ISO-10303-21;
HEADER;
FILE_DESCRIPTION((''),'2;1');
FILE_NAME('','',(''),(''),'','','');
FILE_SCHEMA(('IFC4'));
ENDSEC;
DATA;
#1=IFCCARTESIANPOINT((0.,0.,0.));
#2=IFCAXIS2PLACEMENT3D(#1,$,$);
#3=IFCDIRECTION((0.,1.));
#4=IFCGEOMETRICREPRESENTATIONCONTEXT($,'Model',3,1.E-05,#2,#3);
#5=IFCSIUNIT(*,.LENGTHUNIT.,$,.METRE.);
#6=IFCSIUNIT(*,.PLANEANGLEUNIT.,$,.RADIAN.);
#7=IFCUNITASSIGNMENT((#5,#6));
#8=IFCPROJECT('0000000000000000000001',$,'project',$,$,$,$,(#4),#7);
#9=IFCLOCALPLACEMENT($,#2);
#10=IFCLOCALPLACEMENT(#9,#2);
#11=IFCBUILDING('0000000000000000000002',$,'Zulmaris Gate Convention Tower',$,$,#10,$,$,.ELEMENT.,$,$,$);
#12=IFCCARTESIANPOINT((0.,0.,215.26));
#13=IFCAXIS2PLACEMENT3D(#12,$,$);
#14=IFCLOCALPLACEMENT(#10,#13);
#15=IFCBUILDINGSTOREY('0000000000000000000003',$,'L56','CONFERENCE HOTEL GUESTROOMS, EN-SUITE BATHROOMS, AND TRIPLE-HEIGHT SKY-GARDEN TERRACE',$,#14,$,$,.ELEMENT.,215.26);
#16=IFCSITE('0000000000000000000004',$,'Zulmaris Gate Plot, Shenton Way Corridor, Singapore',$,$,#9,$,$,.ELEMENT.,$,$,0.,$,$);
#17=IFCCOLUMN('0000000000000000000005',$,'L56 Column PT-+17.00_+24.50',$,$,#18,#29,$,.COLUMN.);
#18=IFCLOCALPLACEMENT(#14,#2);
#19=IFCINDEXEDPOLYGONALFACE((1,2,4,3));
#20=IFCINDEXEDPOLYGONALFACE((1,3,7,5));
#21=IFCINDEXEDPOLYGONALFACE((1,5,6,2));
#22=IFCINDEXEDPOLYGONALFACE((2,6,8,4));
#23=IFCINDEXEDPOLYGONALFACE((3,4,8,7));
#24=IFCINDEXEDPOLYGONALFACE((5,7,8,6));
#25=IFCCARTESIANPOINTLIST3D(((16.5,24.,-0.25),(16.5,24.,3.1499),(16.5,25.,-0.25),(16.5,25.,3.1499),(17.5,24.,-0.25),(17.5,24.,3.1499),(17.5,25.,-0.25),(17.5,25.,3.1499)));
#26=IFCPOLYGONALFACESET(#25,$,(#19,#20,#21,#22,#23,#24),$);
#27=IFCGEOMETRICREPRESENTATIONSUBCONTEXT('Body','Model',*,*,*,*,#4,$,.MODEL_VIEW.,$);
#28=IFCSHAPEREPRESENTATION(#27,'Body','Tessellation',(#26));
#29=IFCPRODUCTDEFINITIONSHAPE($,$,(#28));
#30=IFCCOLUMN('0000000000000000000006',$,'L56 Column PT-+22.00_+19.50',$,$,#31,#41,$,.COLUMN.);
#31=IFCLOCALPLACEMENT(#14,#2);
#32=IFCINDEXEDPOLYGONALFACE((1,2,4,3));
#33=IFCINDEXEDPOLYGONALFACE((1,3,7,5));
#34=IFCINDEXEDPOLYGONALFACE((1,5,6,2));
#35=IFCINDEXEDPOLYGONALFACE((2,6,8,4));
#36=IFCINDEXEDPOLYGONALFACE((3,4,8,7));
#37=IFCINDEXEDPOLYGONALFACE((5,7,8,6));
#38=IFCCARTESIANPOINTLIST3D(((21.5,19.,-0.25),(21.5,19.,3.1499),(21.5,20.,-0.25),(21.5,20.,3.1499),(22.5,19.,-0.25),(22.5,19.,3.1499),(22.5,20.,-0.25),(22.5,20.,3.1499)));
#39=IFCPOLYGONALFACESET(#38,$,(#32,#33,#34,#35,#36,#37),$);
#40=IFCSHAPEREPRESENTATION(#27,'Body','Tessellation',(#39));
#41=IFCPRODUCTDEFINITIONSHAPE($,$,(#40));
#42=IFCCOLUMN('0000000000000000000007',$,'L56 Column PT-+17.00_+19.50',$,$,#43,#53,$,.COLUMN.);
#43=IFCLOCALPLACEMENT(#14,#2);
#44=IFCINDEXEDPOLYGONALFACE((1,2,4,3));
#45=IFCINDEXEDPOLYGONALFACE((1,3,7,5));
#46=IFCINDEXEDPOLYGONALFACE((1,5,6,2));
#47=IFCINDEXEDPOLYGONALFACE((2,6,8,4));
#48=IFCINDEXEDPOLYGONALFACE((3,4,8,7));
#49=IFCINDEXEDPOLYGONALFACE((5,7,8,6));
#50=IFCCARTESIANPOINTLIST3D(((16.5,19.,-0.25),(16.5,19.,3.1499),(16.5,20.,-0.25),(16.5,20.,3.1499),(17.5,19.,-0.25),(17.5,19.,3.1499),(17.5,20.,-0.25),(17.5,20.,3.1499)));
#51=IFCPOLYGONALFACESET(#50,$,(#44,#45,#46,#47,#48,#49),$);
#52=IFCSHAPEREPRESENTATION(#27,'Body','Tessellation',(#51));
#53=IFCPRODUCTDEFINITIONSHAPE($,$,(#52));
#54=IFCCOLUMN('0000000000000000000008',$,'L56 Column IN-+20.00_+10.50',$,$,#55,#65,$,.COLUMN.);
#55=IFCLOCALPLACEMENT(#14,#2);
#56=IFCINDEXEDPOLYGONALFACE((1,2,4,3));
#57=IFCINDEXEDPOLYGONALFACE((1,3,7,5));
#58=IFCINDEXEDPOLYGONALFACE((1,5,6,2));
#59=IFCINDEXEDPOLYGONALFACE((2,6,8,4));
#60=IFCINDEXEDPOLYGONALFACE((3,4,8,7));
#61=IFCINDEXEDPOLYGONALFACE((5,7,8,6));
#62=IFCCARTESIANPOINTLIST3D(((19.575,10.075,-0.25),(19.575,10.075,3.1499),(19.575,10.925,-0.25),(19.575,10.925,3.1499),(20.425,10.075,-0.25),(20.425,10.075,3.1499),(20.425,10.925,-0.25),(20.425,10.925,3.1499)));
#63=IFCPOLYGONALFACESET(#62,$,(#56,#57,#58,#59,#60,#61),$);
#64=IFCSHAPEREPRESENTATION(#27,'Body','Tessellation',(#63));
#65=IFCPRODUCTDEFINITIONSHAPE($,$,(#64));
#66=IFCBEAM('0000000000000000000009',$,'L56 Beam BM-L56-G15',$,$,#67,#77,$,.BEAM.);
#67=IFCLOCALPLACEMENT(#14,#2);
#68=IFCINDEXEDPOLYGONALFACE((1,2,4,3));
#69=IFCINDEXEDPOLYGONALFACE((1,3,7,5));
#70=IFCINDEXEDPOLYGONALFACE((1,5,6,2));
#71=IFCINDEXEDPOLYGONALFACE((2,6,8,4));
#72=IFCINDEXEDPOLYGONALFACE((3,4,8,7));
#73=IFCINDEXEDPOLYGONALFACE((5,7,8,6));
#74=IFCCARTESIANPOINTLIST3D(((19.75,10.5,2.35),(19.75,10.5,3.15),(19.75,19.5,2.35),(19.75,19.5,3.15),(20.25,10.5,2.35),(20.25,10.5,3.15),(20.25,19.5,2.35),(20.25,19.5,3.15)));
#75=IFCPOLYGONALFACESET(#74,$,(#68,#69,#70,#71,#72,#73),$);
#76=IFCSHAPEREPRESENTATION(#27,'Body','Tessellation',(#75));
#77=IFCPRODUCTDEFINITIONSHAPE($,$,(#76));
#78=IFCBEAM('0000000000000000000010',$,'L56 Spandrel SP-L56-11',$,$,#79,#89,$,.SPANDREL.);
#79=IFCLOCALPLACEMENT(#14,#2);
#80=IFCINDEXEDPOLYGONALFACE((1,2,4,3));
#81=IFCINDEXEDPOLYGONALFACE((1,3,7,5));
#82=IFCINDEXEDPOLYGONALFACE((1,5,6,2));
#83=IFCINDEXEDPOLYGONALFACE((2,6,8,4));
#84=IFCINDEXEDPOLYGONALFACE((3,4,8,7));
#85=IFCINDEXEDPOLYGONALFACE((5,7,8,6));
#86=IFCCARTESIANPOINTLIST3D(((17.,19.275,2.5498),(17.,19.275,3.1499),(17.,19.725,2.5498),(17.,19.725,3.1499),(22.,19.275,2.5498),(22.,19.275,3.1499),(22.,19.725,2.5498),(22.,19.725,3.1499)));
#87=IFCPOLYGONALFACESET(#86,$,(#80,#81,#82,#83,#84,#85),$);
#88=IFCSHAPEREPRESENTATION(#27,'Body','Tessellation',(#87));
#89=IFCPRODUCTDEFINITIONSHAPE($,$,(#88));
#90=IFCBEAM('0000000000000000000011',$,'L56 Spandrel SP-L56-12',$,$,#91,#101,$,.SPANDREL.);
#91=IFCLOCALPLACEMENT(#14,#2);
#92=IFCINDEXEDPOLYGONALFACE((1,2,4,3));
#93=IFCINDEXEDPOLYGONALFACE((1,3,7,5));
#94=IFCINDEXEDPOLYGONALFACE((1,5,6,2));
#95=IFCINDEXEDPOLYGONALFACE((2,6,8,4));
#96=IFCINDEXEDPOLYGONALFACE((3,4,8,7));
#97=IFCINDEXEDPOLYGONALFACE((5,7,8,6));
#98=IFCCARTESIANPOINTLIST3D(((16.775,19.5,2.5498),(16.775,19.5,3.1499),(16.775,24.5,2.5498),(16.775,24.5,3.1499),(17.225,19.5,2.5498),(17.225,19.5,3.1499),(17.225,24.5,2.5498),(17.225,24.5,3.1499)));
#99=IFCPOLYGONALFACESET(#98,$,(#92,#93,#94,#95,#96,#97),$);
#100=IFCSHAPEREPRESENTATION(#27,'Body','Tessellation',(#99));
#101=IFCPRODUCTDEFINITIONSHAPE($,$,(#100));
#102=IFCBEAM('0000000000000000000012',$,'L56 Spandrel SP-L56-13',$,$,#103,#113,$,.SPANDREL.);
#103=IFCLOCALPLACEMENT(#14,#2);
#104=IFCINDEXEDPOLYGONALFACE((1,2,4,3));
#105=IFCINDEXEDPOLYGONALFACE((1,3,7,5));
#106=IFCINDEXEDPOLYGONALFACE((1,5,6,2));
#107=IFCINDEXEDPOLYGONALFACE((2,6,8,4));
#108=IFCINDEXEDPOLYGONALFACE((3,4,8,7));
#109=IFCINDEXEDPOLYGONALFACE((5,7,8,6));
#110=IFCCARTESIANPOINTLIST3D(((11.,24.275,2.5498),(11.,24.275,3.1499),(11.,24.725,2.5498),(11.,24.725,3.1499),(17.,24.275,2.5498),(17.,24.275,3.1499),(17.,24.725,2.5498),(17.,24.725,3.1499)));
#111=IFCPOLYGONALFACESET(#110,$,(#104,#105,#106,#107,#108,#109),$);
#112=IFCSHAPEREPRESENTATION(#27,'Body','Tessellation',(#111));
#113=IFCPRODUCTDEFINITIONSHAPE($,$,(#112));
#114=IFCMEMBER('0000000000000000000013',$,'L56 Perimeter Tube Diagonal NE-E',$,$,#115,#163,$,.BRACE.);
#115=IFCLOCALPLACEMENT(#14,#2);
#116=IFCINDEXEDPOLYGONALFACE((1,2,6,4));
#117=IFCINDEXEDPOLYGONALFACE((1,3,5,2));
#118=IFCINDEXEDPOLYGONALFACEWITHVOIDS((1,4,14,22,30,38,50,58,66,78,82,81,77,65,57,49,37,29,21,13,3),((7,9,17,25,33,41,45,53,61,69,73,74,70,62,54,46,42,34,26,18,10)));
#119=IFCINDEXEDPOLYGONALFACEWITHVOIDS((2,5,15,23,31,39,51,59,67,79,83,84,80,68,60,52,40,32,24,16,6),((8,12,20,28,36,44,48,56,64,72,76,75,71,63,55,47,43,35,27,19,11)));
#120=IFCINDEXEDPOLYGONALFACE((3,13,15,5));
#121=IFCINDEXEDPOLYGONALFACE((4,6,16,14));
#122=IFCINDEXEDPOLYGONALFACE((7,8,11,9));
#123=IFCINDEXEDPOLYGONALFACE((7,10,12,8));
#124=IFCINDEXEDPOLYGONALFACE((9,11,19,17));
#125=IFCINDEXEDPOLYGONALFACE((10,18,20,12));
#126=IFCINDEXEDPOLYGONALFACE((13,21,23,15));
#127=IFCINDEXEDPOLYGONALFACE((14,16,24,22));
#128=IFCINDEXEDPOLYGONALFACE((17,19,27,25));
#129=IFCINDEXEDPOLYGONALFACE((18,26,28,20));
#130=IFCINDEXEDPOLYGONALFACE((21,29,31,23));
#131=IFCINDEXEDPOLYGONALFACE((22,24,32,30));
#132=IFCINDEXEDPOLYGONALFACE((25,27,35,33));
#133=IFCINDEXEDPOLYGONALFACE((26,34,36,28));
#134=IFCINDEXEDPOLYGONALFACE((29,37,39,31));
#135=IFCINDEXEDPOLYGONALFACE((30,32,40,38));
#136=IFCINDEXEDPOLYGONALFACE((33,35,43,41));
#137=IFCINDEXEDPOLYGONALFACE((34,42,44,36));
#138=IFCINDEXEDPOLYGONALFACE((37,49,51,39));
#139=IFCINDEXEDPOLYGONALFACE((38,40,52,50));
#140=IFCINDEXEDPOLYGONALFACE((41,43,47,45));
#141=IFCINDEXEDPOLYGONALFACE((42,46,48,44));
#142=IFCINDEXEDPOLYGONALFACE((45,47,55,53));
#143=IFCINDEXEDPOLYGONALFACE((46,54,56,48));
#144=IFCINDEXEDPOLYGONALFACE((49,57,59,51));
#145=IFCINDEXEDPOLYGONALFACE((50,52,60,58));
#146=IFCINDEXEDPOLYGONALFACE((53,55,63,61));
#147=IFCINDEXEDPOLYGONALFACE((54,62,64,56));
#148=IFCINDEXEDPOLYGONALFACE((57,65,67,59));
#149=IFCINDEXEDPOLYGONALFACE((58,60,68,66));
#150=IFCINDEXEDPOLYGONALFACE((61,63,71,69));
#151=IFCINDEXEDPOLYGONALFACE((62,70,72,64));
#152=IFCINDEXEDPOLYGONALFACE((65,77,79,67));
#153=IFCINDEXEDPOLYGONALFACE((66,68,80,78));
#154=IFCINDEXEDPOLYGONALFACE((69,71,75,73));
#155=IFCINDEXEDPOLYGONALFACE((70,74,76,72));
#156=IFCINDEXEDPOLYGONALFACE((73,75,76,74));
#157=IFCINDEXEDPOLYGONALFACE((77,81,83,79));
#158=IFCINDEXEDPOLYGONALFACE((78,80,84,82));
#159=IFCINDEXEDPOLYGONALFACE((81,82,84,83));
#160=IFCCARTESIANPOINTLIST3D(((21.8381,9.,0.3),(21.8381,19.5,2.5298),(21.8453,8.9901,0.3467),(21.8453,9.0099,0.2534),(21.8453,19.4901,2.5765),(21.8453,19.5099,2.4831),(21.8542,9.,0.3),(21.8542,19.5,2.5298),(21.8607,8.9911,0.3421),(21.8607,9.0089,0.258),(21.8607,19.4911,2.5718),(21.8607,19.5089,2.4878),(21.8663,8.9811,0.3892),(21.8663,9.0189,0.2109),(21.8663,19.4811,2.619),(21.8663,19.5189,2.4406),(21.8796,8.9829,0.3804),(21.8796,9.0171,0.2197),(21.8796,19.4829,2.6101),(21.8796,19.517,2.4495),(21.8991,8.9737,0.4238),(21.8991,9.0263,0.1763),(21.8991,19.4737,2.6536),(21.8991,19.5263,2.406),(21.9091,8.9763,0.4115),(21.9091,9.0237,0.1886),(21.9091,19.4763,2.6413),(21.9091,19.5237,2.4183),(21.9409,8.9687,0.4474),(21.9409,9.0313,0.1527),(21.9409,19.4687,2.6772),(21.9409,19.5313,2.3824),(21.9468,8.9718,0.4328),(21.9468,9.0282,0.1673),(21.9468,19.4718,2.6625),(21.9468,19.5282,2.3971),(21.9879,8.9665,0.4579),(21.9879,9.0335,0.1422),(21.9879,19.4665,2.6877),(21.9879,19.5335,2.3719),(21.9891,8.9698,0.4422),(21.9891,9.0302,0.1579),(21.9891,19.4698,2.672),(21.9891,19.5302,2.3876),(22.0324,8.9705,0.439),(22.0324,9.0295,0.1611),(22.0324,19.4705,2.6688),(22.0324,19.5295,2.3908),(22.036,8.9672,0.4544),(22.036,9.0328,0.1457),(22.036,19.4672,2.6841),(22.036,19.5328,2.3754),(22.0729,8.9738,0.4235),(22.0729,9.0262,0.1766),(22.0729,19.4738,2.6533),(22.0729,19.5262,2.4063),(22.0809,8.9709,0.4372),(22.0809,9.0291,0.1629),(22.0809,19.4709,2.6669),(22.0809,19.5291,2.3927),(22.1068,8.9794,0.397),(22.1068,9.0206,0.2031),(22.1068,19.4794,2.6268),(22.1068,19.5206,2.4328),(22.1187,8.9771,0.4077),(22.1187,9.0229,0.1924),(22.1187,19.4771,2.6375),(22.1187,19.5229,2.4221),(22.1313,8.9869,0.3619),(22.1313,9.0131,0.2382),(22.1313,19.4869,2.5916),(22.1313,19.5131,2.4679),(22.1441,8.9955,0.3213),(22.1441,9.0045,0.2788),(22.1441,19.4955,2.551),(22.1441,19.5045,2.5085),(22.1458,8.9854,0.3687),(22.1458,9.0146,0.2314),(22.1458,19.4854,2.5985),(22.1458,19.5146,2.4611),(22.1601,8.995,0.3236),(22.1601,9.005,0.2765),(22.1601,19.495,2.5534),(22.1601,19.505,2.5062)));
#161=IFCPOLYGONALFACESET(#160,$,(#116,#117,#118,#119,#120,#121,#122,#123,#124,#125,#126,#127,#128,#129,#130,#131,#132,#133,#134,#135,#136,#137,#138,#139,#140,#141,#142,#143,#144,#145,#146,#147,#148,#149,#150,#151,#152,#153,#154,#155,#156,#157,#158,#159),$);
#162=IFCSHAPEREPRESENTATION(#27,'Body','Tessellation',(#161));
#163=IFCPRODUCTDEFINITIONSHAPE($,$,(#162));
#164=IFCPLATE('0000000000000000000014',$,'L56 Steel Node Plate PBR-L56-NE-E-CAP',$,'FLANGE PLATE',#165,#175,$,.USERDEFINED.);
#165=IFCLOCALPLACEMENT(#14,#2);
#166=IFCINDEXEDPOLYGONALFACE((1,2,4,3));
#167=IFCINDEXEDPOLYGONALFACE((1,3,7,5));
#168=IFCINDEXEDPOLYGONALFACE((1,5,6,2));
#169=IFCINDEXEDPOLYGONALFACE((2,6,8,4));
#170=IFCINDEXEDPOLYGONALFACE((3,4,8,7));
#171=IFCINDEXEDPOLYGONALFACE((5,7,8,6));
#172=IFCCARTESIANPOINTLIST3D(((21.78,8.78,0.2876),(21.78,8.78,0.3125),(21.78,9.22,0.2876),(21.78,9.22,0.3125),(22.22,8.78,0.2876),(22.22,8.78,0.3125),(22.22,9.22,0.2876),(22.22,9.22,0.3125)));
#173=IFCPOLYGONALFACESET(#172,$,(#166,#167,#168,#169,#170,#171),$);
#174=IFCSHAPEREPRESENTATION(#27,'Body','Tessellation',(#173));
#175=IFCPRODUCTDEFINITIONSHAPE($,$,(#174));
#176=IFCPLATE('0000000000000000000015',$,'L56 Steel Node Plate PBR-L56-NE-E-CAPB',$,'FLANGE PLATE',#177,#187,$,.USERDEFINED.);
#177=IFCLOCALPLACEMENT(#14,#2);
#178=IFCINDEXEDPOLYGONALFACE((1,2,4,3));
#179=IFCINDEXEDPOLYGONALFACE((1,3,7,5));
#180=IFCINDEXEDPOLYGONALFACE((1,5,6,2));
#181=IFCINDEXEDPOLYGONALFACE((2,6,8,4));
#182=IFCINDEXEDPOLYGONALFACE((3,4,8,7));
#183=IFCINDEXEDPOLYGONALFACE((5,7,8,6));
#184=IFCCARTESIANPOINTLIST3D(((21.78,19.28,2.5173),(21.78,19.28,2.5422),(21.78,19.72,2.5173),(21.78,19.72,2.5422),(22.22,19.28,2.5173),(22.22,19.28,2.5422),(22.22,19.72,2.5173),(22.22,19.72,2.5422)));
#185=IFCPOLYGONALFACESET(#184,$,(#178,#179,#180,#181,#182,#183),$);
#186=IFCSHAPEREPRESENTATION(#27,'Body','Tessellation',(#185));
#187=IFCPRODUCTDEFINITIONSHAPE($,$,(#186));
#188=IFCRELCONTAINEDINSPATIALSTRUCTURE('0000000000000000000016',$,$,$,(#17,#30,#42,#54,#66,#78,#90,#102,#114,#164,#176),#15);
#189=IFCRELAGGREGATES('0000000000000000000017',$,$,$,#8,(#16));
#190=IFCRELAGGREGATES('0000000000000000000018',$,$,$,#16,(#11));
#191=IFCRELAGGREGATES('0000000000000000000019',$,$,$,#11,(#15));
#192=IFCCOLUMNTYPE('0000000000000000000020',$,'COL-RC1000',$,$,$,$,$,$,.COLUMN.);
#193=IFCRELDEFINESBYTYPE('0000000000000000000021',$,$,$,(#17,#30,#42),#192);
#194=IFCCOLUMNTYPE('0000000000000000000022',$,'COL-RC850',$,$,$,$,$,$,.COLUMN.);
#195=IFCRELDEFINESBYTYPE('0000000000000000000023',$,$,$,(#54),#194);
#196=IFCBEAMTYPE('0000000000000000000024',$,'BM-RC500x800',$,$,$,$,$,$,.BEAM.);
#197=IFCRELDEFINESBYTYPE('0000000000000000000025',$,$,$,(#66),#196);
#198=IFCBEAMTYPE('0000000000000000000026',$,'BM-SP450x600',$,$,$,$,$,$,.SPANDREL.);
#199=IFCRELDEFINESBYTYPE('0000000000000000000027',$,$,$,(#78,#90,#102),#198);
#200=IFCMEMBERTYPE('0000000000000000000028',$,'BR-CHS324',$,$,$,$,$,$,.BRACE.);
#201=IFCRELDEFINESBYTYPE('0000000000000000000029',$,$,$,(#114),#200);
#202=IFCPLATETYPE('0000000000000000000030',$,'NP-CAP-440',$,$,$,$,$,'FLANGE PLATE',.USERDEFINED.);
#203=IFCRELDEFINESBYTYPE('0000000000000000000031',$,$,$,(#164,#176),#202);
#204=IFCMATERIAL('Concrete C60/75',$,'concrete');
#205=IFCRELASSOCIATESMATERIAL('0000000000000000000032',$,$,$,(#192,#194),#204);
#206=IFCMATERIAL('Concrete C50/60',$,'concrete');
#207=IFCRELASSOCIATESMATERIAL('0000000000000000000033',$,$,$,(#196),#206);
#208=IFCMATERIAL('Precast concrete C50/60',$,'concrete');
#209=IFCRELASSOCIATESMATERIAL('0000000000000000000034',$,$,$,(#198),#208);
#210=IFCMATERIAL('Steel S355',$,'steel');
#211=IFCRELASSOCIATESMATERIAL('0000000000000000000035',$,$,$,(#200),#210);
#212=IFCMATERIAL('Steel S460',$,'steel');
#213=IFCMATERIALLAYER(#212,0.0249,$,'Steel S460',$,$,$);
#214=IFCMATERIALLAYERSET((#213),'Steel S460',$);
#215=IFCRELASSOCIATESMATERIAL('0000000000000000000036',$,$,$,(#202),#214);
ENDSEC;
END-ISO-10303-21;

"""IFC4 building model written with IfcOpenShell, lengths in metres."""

from ifc_helpers import new_model, si_unit, direction, frame, origin, origin_2d, place, context, subcontext, project, spatial, rectangle, hollow_circle, extrude, material, layer, layer_set, material_profile, profile_set, type_object, element, save


model = new_model("IFC4")

# Units and contexts
model_context = context("Model", 3, precision=1e-05, world=origin(), true_north=direction((0.0, 1.0)))
body_context = subcontext(model_context, "Body", "Model", "MODEL_VIEW")
ifc_project = project(units=[si_unit("LENGTHUNIT", "METRE"), si_unit("PLANEANGLEUNIT", "RADIAN")], contexts=[model_context])

# Site, building, storey
site_placement = place(None, origin())
site = spatial("IfcSite", under=ifc_project, at=site_placement, Name="Zulmaris Gate Plot, Shenton Way Corridor, Singapore", CompositionType="ELEMENT", RefElevation=0.0)
building_placement = place(site_placement, origin())
building = spatial("IfcBuilding", under=site, at=building_placement, Name="Zulmaris Gate Convention Tower", CompositionType="ELEMENT")
storey_placement = place(building_placement, frame((0.0, 0.0, 215.26)))
storey = spatial("IfcBuildingStorey", under=building, at=storey_placement, Name="L56", Description="CONFERENCE HOTEL GUESTROOMS, EN-SUITE BATHROOMS, AND TRIPLE-HEIGHT SKY-GARDEN TERRACE", CompositionType="ELEMENT", Elevation=215.26)

# Columns
ifc_material_1 = material(Name="Concrete C60/75", Category="concrete")
ifc_material_profile_1 = material_profile(ifc_material_1, rectangle(XDim=1.0, YDim=1.0, at=origin_2d()), Name="RC COL 1000x1000")
ifc_profile_set_1 = profile_set([ifc_material_profile_1], Name="Concrete C60/75")
column_type_1 = type_object("IfcColumnType", Name="COL-RC1000", PredefinedType="COLUMN", material=ifc_profile_set_1)
for number, where, z_axis, x_axis, name in (
    (1, (17.0, 24.5, -0.25), (0.0, 0.0, 1.0), (1.0, 0.0, 0.0), "L56 Column PT-+17.00_+24.50"),
    (2, (22.0, 19.5, -0.25), (0.0, 0.0, 1.0), (1.0, 0.0, 0.0), "L56 Column PT-+22.00_+19.50"),
    (3, (17.0, 19.5, -0.25), (0.0, 0.0, 1.0), (1.0, 0.0, 0.0), "L56 Column PT-+17.00_+19.50"),
):
    element("IfcColumn", number, at=place(storey_placement, frame(where, z_axis=z_axis, x_axis=x_axis)), inside=storey, type_object=column_type_1, Name=name, PredefinedType="COLUMN", context=body_context, shape_type="SweptSolid", body=[
        extrude(rectangle(XDim=1.0, YDim=1.0, at=origin_2d()), origin(), (0.0, 0.0, 1.0), 3.3999),
    ])
ifc_material_profile_2 = material_profile(ifc_material_1, rectangle(XDim=0.8501, YDim=0.8501, at=origin_2d()), Name="RC COL 850x850")
ifc_profile_set_2 = profile_set([ifc_material_profile_2], Name="Concrete C60/75")
column_type_2 = type_object("IfcColumnType", Name="COL-RC850", PredefinedType="COLUMN", material=ifc_profile_set_2)
column_placement = place(storey_placement, frame((20.0, 10.5, -0.25), z_axis=(0.0, 0.0, 1.0), x_axis=(1.0, 0.0, 0.0)))
element("IfcColumn", 4, at=column_placement, inside=storey, type_object=column_type_2, Name="L56 Column IN-+20.00_+10.50", PredefinedType="COLUMN", context=body_context, shape_type="SweptSolid", body=[
    extrude(rectangle(XDim=0.8501, YDim=0.8501, at=origin_2d()), origin(), (0.0, 0.0, 1.0), 3.3999),
])

# Beams
ifc_material_2 = material(Name="Concrete C50/60", Category="concrete")
ifc_material_profile_3 = material_profile(ifc_material_2, rectangle(XDim=0.5, YDim=0.8, at=origin_2d()), Name="RC BEAM 500x800")
ifc_profile_set_3 = profile_set([ifc_material_profile_3], Name="Concrete C50/60")
beam_type_1 = type_object("IfcBeamType", Name="BM-RC500x800", PredefinedType="BEAM", material=ifc_profile_set_3)
beam_1_placement = place(storey_placement, frame((20.0, 10.5, 2.75), z_axis=(0.0, 1.0, 0.0), x_axis=(-1.0, 0.0, 0.0)))
element("IfcBeam", 5, at=beam_1_placement, inside=storey, type_object=beam_type_1, Name="L56 Beam BM-L56-G15", PredefinedType="BEAM", context=body_context, shape_type="SweptSolid", body=[
    extrude(rectangle(XDim=0.5, YDim=0.8, at=origin_2d()), origin(), (0.0, 0.0, 1.0), 9.0),
])
ifc_material_3 = material(Name="Precast concrete C50/60", Category="concrete")
ifc_material_profile_4 = material_profile(ifc_material_3, rectangle(XDim=0.45, YDim=0.6001, at=origin_2d()), Name="RC SPANDREL 450x600")
ifc_profile_set_4 = profile_set([ifc_material_profile_4], Name="Precast concrete C50/60")
beam_type_2 = type_object("IfcBeamType", Name="BM-SP450x600", PredefinedType="SPANDREL", material=ifc_profile_set_4)
for number, where, z_axis, x_axis, name in (
    (6, (22.0, 19.5, 2.8499), (-1.0, 0.0, 0.0), (0.0, -1.0, 0.0), "L56 Spandrel SP-L56-11"),
    (7, (17.0, 19.5, 2.8499), (0.0, 1.0, 0.0), (-1.0, 0.0, 0.0), "L56 Spandrel SP-L56-12"),
):
    element("IfcBeam", number, at=place(storey_placement, frame(where, z_axis=z_axis, x_axis=x_axis)), inside=storey, type_object=beam_type_2, Name=name, PredefinedType="SPANDREL", context=body_context, shape_type="SweptSolid", body=[
        extrude(rectangle(XDim=0.45, YDim=0.6001, at=origin_2d()), origin(), (0.0, 0.0, 1.0), 5.0),
    ])
beam_2_placement = place(storey_placement, frame((17.0, 24.5, 2.8499), z_axis=(-1.0, 0.0, 0.0), x_axis=(0.0, -1.0, 0.0)))
element("IfcBeam", 8, at=beam_2_placement, inside=storey, type_object=beam_type_2, Name="L56 Spandrel SP-L56-13", PredefinedType="SPANDREL", context=body_context, shape_type="SweptSolid", body=[
    extrude(rectangle(XDim=0.45, YDim=0.6001, at=origin_2d()), origin(), (0.0, 0.0, 1.0), 6.0),
])

# Member
ifc_material_4 = material(Name="Steel S355", Category="steel")
ifc_material_profile_5 = material_profile(ifc_material_4, hollow_circle(Radius=0.1619, WallThickness=0.0161, at=origin_2d()), Name="CHS 323.9x16")
ifc_profile_set_5 = profile_set([ifc_material_profile_5], Name="Steel S355")
member_type = type_object("IfcMemberType", Name="BR-CHS324", PredefinedType="BRACE", material=ifc_profile_set_5)
member_placement = place(storey_placement, frame((22.0, 9.0, 0.3), z_axis=(0.0, 0.978188, 0.207724), x_axis=(-1.0, 0.0, 0.0)))
element("IfcMember", 9, at=member_placement, inside=storey, type_object=member_type, Name="L56 Perimeter Tube Diagonal NE-E", PredefinedType="BRACE", context=body_context, shape_type="SweptSolid", body=[
    extrude(hollow_circle(Radius=0.1619, WallThickness=0.0161, at=origin_2d()), origin(), (0.0, 0.0, 1.0), 10.7341),
])

# Plates
ifc_material_5 = material(Name="Steel S460", Category="steel")
ifc_layer_1 = layer(ifc_material_5, 0.0249, Name="Steel S460")
ifc_layer_set_1 = layer_set([ifc_layer_1], Name="Steel S460")
plate_type = type_object("IfcPlateType", Name="NP-CAP-440", ElementType="FLANGE PLATE", PredefinedType="USERDEFINED", material=ifc_layer_set_1)
for number, where, z_axis, x_axis, name in (
    (10, (22.0, 9.0, 0.2876), (0.0, 0.0, 1.0), (1.0, 0.0, 0.0), "L56 Steel Node Plate PBR-L56-NE-E-CAP"),
    (11, (22.0, 19.5, 2.5173), (0.0, 0.0, 1.0), (1.0, 0.0, 0.0), "L56 Steel Node Plate PBR-L56-NE-E-CAPB"),
):
    element("IfcPlate", number, at=place(storey_placement, frame(where, z_axis=z_axis, x_axis=x_axis)), inside=storey, type_object=plate_type, Name=name, ObjectType="FLANGE PLATE", PredefinedType="USERDEFINED", context=body_context, shape_type="SweptSolid", body=[
        extrude(rectangle(XDim=0.4399, YDim=0.4399, at=origin_2d()), origin(), (0.0, 0.0, 1.0), 0.0249),
    ])

save(model, "model.ifc")
